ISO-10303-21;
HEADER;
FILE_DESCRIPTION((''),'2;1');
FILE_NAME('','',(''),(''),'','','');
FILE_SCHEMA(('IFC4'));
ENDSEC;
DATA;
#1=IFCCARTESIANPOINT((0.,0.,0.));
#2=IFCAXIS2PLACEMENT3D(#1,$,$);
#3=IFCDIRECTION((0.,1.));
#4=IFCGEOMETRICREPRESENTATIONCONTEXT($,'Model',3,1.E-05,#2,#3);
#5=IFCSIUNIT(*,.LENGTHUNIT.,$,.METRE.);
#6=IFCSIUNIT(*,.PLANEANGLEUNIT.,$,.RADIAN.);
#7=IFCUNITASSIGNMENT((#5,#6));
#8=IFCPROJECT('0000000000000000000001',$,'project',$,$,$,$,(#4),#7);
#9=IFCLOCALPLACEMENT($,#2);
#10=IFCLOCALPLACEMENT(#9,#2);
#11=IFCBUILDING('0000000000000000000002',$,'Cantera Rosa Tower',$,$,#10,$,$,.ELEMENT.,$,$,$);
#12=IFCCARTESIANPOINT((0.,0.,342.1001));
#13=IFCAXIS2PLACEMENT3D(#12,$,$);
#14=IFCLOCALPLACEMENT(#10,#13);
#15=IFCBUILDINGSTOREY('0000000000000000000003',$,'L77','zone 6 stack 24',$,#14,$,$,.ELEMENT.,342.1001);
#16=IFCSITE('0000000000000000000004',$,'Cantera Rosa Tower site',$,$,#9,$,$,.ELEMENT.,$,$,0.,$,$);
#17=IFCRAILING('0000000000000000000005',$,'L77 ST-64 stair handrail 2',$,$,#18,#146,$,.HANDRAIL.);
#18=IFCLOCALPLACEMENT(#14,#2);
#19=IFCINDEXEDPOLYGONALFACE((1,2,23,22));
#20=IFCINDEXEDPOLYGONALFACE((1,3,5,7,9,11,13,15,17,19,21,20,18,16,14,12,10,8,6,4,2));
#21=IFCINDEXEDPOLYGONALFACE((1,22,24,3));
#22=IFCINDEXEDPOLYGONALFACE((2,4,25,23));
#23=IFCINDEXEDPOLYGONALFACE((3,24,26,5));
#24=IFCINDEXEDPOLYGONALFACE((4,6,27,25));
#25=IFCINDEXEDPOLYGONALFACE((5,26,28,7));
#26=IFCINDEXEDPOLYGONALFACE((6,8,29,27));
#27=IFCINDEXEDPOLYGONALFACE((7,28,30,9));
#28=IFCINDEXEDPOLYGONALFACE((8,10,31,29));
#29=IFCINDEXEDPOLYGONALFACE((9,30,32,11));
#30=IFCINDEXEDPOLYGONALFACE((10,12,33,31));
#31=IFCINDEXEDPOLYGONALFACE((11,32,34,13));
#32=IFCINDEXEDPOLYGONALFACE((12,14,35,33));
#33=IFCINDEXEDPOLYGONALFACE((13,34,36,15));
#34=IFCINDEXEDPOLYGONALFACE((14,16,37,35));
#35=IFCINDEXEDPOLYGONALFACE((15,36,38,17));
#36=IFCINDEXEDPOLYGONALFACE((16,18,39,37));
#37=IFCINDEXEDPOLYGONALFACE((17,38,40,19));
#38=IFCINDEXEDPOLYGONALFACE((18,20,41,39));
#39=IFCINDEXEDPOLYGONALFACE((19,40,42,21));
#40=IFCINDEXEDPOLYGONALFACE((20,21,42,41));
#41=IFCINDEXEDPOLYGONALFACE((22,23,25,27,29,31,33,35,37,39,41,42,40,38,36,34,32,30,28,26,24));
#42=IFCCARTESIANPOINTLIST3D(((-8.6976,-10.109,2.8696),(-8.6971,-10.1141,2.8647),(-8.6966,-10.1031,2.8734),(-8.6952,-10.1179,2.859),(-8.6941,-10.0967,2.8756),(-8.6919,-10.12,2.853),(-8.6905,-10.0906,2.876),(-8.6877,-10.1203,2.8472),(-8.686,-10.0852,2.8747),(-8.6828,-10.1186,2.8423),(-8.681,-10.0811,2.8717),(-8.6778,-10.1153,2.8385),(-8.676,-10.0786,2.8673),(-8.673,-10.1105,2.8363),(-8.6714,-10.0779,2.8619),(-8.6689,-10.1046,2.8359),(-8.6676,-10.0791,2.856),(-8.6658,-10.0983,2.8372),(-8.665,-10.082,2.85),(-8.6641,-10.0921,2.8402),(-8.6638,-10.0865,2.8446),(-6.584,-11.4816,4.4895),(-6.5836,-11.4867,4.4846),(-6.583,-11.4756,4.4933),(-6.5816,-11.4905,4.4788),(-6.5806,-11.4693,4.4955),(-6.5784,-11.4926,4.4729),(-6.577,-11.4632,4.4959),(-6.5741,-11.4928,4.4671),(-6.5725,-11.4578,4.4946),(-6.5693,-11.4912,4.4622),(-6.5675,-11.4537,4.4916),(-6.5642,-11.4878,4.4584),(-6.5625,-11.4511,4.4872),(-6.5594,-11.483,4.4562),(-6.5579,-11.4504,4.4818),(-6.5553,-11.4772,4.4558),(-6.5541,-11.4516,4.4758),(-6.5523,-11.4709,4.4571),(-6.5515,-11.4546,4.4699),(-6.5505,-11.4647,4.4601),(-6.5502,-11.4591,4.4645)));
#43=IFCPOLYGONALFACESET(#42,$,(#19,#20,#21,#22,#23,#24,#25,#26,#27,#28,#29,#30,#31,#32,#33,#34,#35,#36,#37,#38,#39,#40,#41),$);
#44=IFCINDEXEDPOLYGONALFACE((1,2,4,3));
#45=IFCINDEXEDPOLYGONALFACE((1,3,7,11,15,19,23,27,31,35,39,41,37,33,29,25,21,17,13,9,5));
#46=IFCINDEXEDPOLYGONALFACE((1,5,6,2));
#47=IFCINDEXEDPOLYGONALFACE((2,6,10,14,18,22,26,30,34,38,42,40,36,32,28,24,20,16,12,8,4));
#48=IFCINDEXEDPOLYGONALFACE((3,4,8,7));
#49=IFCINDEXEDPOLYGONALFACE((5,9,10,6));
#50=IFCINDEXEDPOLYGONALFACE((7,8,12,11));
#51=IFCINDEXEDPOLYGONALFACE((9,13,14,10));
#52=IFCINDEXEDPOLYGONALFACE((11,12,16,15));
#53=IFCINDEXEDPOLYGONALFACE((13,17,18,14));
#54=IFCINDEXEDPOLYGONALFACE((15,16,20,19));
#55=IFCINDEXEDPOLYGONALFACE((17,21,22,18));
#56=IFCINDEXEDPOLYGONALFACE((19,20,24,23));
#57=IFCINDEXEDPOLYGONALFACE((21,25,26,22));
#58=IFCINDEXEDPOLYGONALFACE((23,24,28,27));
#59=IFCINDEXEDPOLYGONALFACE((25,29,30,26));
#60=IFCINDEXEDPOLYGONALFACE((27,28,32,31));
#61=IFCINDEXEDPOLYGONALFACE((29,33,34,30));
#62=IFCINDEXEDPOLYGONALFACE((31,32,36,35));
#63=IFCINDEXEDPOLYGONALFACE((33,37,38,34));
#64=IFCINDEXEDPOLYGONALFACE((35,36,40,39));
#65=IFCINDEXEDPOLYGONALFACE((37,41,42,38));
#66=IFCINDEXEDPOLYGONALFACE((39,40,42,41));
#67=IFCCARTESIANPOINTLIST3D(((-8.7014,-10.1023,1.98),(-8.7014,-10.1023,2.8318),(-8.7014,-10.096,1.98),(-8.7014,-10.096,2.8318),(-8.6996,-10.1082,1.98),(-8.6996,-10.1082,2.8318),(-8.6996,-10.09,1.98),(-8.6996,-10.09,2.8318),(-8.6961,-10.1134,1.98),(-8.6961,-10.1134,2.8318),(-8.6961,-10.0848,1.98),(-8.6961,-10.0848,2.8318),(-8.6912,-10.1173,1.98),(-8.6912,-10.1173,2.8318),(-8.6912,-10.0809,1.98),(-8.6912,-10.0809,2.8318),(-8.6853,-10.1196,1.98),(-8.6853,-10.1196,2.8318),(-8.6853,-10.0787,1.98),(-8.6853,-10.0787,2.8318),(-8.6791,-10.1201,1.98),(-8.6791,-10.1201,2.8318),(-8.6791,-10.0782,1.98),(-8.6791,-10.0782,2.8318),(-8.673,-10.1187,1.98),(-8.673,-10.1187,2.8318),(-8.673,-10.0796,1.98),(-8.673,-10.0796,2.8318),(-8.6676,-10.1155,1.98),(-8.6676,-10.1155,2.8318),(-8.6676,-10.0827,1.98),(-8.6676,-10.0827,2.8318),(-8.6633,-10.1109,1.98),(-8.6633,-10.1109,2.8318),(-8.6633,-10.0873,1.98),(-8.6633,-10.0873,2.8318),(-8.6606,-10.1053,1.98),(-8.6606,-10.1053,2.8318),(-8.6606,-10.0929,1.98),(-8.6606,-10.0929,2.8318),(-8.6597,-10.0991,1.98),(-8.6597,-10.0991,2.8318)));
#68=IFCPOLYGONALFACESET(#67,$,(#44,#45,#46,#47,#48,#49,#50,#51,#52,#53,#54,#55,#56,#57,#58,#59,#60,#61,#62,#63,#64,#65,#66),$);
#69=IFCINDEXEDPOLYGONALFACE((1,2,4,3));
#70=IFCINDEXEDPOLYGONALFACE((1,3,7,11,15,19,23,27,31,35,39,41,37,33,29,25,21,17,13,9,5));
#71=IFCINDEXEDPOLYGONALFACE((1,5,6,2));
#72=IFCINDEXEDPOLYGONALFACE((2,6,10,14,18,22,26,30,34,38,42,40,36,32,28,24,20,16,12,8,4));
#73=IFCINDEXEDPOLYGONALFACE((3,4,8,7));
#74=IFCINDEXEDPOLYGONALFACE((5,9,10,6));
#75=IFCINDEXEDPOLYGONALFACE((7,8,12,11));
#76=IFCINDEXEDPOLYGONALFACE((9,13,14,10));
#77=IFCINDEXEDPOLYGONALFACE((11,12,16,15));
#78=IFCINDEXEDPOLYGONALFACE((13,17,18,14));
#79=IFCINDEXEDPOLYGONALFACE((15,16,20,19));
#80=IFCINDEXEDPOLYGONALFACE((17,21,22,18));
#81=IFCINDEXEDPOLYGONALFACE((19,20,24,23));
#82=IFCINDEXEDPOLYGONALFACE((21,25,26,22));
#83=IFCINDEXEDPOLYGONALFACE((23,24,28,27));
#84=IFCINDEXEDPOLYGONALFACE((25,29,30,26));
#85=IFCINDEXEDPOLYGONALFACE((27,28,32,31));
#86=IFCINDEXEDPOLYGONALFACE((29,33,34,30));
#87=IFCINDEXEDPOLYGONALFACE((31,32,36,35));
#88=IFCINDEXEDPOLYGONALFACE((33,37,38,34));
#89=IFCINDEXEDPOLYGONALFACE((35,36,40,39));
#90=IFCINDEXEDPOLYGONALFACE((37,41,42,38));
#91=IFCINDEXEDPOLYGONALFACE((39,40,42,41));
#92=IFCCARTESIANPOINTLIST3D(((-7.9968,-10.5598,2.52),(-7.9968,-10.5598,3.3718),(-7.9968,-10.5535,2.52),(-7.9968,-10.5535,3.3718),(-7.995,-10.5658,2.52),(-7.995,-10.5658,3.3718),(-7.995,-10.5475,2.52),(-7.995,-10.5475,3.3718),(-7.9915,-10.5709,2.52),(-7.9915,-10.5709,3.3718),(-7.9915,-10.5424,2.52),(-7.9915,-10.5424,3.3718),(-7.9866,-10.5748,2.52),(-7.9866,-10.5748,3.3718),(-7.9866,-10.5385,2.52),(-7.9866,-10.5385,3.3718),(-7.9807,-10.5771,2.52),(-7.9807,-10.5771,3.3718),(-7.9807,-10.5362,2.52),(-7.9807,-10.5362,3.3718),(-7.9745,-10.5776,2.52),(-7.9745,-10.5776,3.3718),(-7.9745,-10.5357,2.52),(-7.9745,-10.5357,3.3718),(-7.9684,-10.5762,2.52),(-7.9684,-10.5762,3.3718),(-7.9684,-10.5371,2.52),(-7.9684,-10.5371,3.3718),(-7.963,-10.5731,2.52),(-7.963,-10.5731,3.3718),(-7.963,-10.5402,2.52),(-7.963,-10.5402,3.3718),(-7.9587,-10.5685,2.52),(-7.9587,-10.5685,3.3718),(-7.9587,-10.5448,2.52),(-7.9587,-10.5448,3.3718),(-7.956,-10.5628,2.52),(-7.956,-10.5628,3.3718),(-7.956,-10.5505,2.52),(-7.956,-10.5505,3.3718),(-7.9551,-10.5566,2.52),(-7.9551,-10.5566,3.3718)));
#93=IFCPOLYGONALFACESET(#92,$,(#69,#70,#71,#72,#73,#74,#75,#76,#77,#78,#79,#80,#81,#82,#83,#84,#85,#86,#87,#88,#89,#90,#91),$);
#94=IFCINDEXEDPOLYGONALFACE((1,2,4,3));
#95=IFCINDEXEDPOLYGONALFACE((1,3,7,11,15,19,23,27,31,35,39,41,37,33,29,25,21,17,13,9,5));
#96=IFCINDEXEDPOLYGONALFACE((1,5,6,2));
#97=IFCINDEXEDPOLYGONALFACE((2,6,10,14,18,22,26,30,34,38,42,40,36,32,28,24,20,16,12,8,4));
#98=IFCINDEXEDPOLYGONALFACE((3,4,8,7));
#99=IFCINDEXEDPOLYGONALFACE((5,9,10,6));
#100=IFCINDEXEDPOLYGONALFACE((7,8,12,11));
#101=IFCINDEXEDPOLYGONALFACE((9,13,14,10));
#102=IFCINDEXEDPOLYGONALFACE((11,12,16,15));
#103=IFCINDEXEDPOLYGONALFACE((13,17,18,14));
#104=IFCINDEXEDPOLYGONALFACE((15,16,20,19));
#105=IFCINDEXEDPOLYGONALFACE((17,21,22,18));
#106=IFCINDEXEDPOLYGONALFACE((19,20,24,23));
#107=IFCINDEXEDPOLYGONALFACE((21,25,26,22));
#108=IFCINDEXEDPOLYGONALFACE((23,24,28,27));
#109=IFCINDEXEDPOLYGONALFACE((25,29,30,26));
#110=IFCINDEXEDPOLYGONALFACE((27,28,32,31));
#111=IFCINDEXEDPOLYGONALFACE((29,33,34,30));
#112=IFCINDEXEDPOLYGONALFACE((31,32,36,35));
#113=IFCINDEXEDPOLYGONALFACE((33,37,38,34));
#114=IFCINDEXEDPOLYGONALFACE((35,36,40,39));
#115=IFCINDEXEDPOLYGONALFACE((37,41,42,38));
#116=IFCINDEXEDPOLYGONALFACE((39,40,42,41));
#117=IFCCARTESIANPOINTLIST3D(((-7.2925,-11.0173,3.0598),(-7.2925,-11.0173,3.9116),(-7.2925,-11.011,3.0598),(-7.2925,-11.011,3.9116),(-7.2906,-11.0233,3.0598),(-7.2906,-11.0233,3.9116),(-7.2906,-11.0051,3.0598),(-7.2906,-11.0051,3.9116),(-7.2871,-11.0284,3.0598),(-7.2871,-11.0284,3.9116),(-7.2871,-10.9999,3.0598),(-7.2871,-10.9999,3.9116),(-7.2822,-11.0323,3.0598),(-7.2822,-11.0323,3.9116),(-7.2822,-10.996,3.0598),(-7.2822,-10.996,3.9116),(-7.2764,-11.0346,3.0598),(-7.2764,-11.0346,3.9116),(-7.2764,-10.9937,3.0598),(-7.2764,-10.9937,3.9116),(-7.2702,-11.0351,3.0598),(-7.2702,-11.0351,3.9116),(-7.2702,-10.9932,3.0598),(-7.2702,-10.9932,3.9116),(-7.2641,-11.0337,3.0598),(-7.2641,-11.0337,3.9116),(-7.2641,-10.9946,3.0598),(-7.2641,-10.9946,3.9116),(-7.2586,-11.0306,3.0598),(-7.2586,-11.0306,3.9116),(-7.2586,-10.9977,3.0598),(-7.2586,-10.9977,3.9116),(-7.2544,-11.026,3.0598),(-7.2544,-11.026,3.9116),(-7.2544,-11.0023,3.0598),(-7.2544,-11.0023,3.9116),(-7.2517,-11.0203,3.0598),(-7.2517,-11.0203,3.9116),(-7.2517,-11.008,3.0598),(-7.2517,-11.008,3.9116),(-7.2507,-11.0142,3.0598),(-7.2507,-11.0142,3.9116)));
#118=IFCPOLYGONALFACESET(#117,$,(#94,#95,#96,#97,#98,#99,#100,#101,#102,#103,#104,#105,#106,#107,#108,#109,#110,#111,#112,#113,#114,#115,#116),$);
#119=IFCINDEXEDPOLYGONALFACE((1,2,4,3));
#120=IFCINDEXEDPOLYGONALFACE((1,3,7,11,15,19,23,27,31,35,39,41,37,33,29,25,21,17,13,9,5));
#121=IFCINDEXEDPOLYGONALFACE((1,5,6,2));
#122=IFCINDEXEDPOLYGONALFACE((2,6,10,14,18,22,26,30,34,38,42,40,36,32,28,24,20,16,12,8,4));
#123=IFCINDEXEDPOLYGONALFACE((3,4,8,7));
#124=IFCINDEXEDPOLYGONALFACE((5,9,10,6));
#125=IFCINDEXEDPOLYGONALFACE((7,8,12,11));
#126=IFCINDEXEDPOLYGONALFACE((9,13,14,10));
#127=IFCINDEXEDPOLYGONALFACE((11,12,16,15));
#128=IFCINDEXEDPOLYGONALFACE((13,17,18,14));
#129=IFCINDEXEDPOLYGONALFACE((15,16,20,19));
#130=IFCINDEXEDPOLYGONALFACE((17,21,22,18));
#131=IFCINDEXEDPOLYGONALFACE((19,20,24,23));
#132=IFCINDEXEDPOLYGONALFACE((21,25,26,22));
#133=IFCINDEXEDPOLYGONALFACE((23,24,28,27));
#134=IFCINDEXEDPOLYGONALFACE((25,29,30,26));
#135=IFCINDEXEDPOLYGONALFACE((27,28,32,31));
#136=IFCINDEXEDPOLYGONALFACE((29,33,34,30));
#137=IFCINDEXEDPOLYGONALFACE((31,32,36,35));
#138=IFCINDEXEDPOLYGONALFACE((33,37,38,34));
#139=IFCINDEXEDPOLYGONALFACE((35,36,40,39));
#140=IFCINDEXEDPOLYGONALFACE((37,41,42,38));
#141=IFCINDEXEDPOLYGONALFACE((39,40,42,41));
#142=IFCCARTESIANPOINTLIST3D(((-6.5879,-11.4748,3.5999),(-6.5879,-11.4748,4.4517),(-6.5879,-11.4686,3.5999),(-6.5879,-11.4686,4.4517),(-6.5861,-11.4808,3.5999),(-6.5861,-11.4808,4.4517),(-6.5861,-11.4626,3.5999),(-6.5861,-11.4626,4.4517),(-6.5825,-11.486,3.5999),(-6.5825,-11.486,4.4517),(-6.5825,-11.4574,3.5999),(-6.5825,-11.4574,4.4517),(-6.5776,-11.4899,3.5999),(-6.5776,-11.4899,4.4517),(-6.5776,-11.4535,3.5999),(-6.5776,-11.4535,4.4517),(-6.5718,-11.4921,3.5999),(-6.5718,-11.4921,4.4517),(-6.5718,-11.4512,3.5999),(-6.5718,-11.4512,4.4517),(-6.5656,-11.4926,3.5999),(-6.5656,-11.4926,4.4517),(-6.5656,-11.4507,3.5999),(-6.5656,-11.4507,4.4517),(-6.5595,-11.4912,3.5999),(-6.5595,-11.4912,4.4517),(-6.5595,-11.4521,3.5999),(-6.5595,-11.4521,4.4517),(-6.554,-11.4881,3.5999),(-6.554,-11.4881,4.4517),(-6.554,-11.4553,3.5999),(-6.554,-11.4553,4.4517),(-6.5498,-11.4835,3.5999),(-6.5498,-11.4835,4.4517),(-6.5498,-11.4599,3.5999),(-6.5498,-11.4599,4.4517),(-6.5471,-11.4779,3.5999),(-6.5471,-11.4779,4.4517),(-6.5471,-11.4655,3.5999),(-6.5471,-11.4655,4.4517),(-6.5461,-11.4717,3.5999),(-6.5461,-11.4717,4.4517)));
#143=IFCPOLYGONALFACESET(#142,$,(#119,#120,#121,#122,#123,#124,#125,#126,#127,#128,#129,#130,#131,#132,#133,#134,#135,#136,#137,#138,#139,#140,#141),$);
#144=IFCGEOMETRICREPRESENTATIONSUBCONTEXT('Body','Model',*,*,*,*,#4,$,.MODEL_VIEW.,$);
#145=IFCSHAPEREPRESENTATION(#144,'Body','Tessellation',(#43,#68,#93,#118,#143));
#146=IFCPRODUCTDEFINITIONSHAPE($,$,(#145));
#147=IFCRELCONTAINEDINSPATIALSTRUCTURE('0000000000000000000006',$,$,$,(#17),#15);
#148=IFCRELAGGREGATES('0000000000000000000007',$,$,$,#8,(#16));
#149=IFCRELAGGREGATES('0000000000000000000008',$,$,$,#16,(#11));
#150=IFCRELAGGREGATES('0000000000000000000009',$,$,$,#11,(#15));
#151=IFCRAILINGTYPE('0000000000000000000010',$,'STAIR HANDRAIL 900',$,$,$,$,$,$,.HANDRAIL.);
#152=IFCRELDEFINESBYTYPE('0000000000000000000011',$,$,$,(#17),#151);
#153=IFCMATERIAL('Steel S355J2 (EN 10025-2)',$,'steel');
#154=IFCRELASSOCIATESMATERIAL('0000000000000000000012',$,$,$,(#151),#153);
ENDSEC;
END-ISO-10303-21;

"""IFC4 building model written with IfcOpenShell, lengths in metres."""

from ifc_helpers import new_model, si_unit, direction, frame, origin, origin_2d, place, context, subcontext, project, spatial, circle, extrude, material, type_object, element, save


model = new_model("IFC4")

# Units and contexts
model_context = context("Model", 3, precision=1e-05, world=origin(), true_north=direction((0.0, 1.0)))
body_context = subcontext(model_context, "Body", "Model", "MODEL_VIEW")
ifc_project = project(units=[si_unit("LENGTHUNIT", "METRE"), si_unit("PLANEANGLEUNIT", "RADIAN")], contexts=[model_context])

# Site, building, storey
site_placement = place(None, origin())
site = spatial("IfcSite", under=ifc_project, at=site_placement, Name="Cantera Rosa Tower site", CompositionType="ELEMENT", RefElevation=0.0)
building_placement = place(site_placement, origin())
building = spatial("IfcBuilding", under=site, at=building_placement, Name="Cantera Rosa Tower", CompositionType="ELEMENT")
storey_placement = place(building_placement, frame((0.0, 0.0, 342.1001)))
storey = spatial("IfcBuildingStorey", under=building, at=storey_placement, Name="L77", Description="zone 6 stack 24", CompositionType="ELEMENT", Elevation=342.1001)

# Railing
ifc_material_1 = material(Name="Steel S355J2 (EN 10025-2)", Category="steel")
railing_type_1 = type_object("IfcRailingType", Name="STAIR HANDRAIL 900", PredefinedType="HANDRAIL", material=ifc_material_1)
railing_1_placement = place(storey_placement, frame((-8.6807, -10.0991, 1.98)))
element("IfcRailing", 1, at=railing_1_placement, inside=storey, type_object=railing_type_1, Name="L77 ST-64 stair handrail 2", PredefinedType="HANDRAIL", context=body_context, shape_type="SweptSolid", body=[
    extrude(circle(Radius=0.0239, at=origin_2d()), frame((0.0, 0.0, 0.876), z_axis=(0.705493, -0.458159, 0.540712), x_axis=(0.544644, 0.838667, 0.0)), (0.0, 0.0, 1.0), 2.9958),
    extrude(circle(Radius=0.021, at=origin_2d()), origin(), (0.0, 0.0, 1.0), 0.8518),
    extrude(circle(Radius=0.021, at=origin_2d()), frame((0.7046, -0.4575, 0.54)), (0.0, 0.0, 1.0), 0.8518),
    extrude(circle(Radius=0.021, at=origin_2d()), frame((1.4089, -0.915, 1.0798)), (0.0, 0.0, 1.0), 0.8518),
    extrude(circle(Radius=0.021, at=origin_2d()), frame((2.1135, -1.3726, 1.6199)), (0.0, 0.0, 1.0), 0.8518),
])

save(model, "model.ifc")
